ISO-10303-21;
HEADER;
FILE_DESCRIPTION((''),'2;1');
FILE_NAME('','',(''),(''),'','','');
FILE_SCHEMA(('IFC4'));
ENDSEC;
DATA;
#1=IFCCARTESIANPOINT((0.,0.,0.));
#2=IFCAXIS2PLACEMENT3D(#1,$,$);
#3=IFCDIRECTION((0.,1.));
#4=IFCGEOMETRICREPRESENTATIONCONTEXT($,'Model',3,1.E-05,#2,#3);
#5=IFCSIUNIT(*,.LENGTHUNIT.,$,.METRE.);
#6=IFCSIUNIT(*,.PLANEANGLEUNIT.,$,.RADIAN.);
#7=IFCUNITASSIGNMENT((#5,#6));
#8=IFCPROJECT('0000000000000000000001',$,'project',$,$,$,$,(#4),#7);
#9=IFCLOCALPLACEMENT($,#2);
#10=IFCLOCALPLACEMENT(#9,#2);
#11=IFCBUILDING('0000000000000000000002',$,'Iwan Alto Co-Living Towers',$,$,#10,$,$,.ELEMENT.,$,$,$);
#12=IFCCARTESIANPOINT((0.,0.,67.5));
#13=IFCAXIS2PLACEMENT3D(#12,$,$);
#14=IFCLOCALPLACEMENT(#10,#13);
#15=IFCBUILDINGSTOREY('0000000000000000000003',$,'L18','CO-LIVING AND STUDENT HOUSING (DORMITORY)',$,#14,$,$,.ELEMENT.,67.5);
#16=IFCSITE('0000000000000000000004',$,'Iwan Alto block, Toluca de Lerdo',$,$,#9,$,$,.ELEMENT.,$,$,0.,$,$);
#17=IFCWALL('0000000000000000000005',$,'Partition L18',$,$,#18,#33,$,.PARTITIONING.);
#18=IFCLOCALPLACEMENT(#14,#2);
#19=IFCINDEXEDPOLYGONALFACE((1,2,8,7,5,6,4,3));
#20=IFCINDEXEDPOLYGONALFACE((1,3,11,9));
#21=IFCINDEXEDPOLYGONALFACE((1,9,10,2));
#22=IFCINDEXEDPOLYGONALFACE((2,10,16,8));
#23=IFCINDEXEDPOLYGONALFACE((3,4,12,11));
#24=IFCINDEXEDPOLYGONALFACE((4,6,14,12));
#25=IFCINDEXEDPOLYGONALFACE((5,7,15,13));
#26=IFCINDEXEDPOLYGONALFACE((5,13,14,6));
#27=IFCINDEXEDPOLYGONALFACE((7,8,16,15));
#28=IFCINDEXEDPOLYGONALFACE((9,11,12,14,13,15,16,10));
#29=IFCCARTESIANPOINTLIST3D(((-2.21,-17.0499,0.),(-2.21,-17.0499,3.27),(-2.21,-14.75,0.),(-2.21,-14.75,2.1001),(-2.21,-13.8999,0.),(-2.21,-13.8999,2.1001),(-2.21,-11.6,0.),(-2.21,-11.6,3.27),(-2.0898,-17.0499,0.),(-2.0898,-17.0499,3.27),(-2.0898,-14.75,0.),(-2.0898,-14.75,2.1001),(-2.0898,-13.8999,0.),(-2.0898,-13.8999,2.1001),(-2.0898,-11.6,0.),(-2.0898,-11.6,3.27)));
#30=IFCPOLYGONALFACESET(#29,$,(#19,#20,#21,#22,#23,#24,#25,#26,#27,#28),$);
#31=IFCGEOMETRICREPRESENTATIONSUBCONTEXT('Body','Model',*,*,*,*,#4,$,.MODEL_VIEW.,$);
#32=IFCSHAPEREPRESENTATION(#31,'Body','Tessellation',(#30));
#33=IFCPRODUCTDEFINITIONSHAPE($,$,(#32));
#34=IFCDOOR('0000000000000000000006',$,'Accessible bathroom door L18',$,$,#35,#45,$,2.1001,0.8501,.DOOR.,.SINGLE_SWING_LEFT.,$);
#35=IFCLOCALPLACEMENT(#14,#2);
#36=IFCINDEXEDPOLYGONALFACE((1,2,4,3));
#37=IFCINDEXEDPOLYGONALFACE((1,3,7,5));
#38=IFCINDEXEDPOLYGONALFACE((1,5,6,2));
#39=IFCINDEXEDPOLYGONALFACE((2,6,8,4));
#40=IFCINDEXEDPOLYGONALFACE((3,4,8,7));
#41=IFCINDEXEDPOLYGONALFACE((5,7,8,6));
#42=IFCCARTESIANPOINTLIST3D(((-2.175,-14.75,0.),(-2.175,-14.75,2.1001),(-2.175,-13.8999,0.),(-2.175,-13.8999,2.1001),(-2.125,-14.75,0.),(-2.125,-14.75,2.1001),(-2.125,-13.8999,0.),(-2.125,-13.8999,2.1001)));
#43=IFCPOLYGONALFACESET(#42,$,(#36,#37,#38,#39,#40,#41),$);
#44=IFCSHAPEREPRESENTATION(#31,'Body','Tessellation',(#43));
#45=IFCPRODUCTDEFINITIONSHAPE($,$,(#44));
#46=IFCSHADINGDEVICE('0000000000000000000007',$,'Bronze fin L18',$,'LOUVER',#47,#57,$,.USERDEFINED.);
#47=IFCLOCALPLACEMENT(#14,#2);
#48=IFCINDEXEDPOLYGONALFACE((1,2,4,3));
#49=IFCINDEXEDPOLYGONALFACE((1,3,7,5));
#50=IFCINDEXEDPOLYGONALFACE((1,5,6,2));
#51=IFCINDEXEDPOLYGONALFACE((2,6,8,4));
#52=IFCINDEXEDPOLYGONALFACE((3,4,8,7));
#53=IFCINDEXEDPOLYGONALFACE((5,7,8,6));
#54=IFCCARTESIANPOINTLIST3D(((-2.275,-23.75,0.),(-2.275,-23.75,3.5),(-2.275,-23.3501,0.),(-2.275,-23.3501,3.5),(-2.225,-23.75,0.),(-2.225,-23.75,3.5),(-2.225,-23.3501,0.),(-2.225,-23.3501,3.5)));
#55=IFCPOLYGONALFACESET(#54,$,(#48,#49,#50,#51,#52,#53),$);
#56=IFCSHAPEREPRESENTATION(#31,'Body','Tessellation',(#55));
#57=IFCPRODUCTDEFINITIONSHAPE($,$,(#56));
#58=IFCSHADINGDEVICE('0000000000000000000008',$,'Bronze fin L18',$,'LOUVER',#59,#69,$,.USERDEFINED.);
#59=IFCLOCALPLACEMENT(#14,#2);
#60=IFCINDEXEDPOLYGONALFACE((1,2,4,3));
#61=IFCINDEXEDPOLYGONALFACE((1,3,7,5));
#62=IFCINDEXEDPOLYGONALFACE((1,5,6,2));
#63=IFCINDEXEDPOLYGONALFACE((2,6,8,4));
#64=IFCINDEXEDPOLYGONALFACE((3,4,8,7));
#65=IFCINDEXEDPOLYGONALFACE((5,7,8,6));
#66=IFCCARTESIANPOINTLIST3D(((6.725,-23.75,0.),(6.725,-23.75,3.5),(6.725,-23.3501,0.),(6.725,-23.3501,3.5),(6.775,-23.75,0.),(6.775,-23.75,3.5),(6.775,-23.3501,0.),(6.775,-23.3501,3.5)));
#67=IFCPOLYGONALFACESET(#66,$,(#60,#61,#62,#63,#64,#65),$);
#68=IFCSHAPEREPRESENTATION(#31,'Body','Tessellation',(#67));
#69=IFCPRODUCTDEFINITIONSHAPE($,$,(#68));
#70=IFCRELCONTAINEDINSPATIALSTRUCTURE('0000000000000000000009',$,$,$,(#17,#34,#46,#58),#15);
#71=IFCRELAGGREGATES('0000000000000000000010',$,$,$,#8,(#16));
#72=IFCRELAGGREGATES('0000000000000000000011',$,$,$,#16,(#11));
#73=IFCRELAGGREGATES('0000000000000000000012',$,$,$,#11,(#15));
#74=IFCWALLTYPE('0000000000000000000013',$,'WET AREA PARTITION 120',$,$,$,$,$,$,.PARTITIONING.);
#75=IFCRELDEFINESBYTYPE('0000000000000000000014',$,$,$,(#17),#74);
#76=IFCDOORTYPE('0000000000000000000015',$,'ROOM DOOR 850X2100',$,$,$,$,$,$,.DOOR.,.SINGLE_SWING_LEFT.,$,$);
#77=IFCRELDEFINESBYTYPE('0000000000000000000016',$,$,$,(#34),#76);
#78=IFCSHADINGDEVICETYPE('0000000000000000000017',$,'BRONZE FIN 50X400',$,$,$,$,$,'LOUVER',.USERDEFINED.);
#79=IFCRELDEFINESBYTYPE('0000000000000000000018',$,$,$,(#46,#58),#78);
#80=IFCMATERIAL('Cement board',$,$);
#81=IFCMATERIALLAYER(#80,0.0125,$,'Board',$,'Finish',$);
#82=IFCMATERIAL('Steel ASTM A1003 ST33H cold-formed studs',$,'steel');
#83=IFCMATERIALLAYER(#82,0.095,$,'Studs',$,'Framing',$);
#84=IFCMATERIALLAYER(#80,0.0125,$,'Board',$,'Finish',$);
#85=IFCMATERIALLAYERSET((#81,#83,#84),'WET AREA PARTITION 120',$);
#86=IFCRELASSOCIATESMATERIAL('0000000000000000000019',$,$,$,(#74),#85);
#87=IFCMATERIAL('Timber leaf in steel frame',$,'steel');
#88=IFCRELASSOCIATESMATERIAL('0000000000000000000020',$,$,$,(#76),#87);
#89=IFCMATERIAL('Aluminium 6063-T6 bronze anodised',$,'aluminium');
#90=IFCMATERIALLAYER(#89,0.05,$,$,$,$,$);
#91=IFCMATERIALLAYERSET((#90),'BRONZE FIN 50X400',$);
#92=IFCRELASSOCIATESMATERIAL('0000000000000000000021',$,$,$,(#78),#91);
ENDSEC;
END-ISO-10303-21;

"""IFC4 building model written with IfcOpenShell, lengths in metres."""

from ifc_helpers import new_model, si_unit, direction, frame, frame_2d, origin, origin_2d, place, context, subcontext, project, spatial, rectangle, extrude, material, layer, layer_set, type_object, element, fill, save


model = new_model("IFC4")

# Units and contexts
model_context = context("Model", 3, precision=1e-05, world=origin(), true_north=direction((0.0, 1.0)))
body_context = subcontext(model_context, "Body", "Model", "MODEL_VIEW")
ifc_project = project(units=[si_unit("LENGTHUNIT", "METRE"), si_unit("PLANEANGLEUNIT", "RADIAN")], contexts=[model_context])

# Site, building, storey
site_placement = place(None, origin())
site = spatial("IfcSite", under=ifc_project, at=site_placement, Name="Iwan Alto block, Toluca de Lerdo", CompositionType="ELEMENT", RefElevation=0.0)
building_placement = place(site_placement, origin())
building = spatial("IfcBuilding", under=site, at=building_placement, Name="Iwan Alto Co-Living Towers", CompositionType="ELEMENT")
storey_placement = place(building_placement, frame((0.0, 0.0, 67.5)))
storey = spatial("IfcBuildingStorey", under=building, at=storey_placement, Name="L18", Description="CO-LIVING AND STUDENT HOUSING (DORMITORY)", CompositionType="ELEMENT", Elevation=67.5)

# Shared definitions
ifc_material_1 = material(Name="Steel ASTM A1003 ST33H cold-formed studs", Category="steel")
ifc_material_2 = material(Name="Cement board")
ifc_layer_1 = layer(ifc_material_2, 0.0125, Name="Board", Category="Finish")
ifc_layer_2 = layer(ifc_material_1, 0.095, Name="Studs", Category="Framing")
ifc_layer_3 = layer(ifc_material_2, 0.0125, Name="Board", Category="Finish")
ifc_layer_set_1 = layer_set([ifc_layer_1, ifc_layer_2, ifc_layer_3], Name="WET AREA PARTITION 120")
wall_type_1 = type_object("IfcWallType", Name="WET AREA PARTITION 120", PredefinedType="PARTITIONING", material=ifc_layer_set_1)

# Wall, opening, door
ifc_material_3 = material(Name="Timber leaf in steel frame", Category="steel")
door_type = type_object("IfcDoorType", Name="ROOM DOOR 850X2100", OperationType="SINGLE_SWING_LEFT", PredefinedType="DOOR", material=ifc_material_3)
wall_1_placement = place(storey_placement, frame((-2.1499, -17.05, 0.0), z_axis=(0.0, 0.0, 1.0), x_axis=(0.0, 1.0, 0.0)))
wall_1 = element("IfcWall", 1, at=wall_1_placement, inside=storey, type_object=wall_type_1, Name="Partition L18", PredefinedType="PARTITIONING", context=body_context, shape_type="SweptSolid", body=[
    extrude(rectangle(XDim=5.45, YDim=0.1201, at=frame_2d((2.7251, 0.0))), origin(), (0.0, 0.0, 1.0), 3.27),
])
opening_1_placement = place(wall_1_placement, frame((2.3, 0.0, 0.0)))
opening_1 = element("IfcOpeningElement", 2, at=opening_1_placement, cuts=wall_1, PredefinedType="OPENING", context=body_context, shape_type="SweptSolid", body=[
    extrude(rectangle(XDim=0.8501, YDim=2.1001, at=frame_2d((0.425, 1.05))), frame((0.0, 0.0701, 0.0), z_axis=(0.0, -1.0, 0.0), x_axis=(1.0, 0.0, 0.0)), (0.0, 0.0, 1.0), 0.1401),
])
door_1_placement = place(opening_1_placement, frame((0.8501, 0.0, 0.0), z_axis=(0.0, 0.0, 1.0), x_axis=(-1.0, 0.0, 0.0)))
door_1 = element("IfcDoor", 3, at=door_1_placement, inside=storey, type_object=door_type, Name="Accessible bathroom door L18", OperationType="SINGLE_SWING_LEFT", OverallHeight=2.1001, OverallWidth=0.8501, PredefinedType="DOOR", context=body_context, shape_type="SweptSolid", body=[
    extrude(rectangle(XDim=0.8501, YDim=2.1001, at=frame_2d((0.425, 1.05))), frame((0.0, 0.0249, 0.0), z_axis=(0.0, -1.0, 0.0), x_axis=(1.0, 0.0, 0.0)), (0.0, 0.0, 1.0), 0.05),
])
fill(opening_1, door_1)

# Shading devices
ifc_material_4 = material(Name="Aluminium 6063-T6 bronze anodised", Category="aluminium")
ifc_layer_4 = layer(ifc_material_4, 0.05)
ifc_layer_set_2 = layer_set([ifc_layer_4], Name="BRONZE FIN 50X400")
shading_device_type = type_object("IfcShadingDeviceType", Name="BRONZE FIN 50X400", ElementType="LOUVER", PredefinedType="USERDEFINED", material=ifc_layer_set_2)
for number, where, z_axis, x_axis, name in (
    (4, (-2.25, -23.55, 0.0), (0.0, 0.0, 1.0), (1.0, 0.0, 0.0), "Bronze fin L18"),
    (5, (6.75, -23.55, 0.0), (0.0, 0.0, 1.0), (1.0, 0.0, 0.0), "Bronze fin L18"),
):
    element("IfcShadingDevice", number, at=place(storey_placement, frame(where, z_axis=z_axis, x_axis=x_axis)), inside=storey, type_object=shading_device_type, Name=name, ObjectType="LOUVER", PredefinedType="USERDEFINED", context=body_context, shape_type="SweptSolid", body=[
        extrude(rectangle(XDim=0.05, YDim=0.3999, at=origin_2d()), origin(), (0.0, 0.0, 1.0), 3.5),
    ])

save(model, "model.ifc")
